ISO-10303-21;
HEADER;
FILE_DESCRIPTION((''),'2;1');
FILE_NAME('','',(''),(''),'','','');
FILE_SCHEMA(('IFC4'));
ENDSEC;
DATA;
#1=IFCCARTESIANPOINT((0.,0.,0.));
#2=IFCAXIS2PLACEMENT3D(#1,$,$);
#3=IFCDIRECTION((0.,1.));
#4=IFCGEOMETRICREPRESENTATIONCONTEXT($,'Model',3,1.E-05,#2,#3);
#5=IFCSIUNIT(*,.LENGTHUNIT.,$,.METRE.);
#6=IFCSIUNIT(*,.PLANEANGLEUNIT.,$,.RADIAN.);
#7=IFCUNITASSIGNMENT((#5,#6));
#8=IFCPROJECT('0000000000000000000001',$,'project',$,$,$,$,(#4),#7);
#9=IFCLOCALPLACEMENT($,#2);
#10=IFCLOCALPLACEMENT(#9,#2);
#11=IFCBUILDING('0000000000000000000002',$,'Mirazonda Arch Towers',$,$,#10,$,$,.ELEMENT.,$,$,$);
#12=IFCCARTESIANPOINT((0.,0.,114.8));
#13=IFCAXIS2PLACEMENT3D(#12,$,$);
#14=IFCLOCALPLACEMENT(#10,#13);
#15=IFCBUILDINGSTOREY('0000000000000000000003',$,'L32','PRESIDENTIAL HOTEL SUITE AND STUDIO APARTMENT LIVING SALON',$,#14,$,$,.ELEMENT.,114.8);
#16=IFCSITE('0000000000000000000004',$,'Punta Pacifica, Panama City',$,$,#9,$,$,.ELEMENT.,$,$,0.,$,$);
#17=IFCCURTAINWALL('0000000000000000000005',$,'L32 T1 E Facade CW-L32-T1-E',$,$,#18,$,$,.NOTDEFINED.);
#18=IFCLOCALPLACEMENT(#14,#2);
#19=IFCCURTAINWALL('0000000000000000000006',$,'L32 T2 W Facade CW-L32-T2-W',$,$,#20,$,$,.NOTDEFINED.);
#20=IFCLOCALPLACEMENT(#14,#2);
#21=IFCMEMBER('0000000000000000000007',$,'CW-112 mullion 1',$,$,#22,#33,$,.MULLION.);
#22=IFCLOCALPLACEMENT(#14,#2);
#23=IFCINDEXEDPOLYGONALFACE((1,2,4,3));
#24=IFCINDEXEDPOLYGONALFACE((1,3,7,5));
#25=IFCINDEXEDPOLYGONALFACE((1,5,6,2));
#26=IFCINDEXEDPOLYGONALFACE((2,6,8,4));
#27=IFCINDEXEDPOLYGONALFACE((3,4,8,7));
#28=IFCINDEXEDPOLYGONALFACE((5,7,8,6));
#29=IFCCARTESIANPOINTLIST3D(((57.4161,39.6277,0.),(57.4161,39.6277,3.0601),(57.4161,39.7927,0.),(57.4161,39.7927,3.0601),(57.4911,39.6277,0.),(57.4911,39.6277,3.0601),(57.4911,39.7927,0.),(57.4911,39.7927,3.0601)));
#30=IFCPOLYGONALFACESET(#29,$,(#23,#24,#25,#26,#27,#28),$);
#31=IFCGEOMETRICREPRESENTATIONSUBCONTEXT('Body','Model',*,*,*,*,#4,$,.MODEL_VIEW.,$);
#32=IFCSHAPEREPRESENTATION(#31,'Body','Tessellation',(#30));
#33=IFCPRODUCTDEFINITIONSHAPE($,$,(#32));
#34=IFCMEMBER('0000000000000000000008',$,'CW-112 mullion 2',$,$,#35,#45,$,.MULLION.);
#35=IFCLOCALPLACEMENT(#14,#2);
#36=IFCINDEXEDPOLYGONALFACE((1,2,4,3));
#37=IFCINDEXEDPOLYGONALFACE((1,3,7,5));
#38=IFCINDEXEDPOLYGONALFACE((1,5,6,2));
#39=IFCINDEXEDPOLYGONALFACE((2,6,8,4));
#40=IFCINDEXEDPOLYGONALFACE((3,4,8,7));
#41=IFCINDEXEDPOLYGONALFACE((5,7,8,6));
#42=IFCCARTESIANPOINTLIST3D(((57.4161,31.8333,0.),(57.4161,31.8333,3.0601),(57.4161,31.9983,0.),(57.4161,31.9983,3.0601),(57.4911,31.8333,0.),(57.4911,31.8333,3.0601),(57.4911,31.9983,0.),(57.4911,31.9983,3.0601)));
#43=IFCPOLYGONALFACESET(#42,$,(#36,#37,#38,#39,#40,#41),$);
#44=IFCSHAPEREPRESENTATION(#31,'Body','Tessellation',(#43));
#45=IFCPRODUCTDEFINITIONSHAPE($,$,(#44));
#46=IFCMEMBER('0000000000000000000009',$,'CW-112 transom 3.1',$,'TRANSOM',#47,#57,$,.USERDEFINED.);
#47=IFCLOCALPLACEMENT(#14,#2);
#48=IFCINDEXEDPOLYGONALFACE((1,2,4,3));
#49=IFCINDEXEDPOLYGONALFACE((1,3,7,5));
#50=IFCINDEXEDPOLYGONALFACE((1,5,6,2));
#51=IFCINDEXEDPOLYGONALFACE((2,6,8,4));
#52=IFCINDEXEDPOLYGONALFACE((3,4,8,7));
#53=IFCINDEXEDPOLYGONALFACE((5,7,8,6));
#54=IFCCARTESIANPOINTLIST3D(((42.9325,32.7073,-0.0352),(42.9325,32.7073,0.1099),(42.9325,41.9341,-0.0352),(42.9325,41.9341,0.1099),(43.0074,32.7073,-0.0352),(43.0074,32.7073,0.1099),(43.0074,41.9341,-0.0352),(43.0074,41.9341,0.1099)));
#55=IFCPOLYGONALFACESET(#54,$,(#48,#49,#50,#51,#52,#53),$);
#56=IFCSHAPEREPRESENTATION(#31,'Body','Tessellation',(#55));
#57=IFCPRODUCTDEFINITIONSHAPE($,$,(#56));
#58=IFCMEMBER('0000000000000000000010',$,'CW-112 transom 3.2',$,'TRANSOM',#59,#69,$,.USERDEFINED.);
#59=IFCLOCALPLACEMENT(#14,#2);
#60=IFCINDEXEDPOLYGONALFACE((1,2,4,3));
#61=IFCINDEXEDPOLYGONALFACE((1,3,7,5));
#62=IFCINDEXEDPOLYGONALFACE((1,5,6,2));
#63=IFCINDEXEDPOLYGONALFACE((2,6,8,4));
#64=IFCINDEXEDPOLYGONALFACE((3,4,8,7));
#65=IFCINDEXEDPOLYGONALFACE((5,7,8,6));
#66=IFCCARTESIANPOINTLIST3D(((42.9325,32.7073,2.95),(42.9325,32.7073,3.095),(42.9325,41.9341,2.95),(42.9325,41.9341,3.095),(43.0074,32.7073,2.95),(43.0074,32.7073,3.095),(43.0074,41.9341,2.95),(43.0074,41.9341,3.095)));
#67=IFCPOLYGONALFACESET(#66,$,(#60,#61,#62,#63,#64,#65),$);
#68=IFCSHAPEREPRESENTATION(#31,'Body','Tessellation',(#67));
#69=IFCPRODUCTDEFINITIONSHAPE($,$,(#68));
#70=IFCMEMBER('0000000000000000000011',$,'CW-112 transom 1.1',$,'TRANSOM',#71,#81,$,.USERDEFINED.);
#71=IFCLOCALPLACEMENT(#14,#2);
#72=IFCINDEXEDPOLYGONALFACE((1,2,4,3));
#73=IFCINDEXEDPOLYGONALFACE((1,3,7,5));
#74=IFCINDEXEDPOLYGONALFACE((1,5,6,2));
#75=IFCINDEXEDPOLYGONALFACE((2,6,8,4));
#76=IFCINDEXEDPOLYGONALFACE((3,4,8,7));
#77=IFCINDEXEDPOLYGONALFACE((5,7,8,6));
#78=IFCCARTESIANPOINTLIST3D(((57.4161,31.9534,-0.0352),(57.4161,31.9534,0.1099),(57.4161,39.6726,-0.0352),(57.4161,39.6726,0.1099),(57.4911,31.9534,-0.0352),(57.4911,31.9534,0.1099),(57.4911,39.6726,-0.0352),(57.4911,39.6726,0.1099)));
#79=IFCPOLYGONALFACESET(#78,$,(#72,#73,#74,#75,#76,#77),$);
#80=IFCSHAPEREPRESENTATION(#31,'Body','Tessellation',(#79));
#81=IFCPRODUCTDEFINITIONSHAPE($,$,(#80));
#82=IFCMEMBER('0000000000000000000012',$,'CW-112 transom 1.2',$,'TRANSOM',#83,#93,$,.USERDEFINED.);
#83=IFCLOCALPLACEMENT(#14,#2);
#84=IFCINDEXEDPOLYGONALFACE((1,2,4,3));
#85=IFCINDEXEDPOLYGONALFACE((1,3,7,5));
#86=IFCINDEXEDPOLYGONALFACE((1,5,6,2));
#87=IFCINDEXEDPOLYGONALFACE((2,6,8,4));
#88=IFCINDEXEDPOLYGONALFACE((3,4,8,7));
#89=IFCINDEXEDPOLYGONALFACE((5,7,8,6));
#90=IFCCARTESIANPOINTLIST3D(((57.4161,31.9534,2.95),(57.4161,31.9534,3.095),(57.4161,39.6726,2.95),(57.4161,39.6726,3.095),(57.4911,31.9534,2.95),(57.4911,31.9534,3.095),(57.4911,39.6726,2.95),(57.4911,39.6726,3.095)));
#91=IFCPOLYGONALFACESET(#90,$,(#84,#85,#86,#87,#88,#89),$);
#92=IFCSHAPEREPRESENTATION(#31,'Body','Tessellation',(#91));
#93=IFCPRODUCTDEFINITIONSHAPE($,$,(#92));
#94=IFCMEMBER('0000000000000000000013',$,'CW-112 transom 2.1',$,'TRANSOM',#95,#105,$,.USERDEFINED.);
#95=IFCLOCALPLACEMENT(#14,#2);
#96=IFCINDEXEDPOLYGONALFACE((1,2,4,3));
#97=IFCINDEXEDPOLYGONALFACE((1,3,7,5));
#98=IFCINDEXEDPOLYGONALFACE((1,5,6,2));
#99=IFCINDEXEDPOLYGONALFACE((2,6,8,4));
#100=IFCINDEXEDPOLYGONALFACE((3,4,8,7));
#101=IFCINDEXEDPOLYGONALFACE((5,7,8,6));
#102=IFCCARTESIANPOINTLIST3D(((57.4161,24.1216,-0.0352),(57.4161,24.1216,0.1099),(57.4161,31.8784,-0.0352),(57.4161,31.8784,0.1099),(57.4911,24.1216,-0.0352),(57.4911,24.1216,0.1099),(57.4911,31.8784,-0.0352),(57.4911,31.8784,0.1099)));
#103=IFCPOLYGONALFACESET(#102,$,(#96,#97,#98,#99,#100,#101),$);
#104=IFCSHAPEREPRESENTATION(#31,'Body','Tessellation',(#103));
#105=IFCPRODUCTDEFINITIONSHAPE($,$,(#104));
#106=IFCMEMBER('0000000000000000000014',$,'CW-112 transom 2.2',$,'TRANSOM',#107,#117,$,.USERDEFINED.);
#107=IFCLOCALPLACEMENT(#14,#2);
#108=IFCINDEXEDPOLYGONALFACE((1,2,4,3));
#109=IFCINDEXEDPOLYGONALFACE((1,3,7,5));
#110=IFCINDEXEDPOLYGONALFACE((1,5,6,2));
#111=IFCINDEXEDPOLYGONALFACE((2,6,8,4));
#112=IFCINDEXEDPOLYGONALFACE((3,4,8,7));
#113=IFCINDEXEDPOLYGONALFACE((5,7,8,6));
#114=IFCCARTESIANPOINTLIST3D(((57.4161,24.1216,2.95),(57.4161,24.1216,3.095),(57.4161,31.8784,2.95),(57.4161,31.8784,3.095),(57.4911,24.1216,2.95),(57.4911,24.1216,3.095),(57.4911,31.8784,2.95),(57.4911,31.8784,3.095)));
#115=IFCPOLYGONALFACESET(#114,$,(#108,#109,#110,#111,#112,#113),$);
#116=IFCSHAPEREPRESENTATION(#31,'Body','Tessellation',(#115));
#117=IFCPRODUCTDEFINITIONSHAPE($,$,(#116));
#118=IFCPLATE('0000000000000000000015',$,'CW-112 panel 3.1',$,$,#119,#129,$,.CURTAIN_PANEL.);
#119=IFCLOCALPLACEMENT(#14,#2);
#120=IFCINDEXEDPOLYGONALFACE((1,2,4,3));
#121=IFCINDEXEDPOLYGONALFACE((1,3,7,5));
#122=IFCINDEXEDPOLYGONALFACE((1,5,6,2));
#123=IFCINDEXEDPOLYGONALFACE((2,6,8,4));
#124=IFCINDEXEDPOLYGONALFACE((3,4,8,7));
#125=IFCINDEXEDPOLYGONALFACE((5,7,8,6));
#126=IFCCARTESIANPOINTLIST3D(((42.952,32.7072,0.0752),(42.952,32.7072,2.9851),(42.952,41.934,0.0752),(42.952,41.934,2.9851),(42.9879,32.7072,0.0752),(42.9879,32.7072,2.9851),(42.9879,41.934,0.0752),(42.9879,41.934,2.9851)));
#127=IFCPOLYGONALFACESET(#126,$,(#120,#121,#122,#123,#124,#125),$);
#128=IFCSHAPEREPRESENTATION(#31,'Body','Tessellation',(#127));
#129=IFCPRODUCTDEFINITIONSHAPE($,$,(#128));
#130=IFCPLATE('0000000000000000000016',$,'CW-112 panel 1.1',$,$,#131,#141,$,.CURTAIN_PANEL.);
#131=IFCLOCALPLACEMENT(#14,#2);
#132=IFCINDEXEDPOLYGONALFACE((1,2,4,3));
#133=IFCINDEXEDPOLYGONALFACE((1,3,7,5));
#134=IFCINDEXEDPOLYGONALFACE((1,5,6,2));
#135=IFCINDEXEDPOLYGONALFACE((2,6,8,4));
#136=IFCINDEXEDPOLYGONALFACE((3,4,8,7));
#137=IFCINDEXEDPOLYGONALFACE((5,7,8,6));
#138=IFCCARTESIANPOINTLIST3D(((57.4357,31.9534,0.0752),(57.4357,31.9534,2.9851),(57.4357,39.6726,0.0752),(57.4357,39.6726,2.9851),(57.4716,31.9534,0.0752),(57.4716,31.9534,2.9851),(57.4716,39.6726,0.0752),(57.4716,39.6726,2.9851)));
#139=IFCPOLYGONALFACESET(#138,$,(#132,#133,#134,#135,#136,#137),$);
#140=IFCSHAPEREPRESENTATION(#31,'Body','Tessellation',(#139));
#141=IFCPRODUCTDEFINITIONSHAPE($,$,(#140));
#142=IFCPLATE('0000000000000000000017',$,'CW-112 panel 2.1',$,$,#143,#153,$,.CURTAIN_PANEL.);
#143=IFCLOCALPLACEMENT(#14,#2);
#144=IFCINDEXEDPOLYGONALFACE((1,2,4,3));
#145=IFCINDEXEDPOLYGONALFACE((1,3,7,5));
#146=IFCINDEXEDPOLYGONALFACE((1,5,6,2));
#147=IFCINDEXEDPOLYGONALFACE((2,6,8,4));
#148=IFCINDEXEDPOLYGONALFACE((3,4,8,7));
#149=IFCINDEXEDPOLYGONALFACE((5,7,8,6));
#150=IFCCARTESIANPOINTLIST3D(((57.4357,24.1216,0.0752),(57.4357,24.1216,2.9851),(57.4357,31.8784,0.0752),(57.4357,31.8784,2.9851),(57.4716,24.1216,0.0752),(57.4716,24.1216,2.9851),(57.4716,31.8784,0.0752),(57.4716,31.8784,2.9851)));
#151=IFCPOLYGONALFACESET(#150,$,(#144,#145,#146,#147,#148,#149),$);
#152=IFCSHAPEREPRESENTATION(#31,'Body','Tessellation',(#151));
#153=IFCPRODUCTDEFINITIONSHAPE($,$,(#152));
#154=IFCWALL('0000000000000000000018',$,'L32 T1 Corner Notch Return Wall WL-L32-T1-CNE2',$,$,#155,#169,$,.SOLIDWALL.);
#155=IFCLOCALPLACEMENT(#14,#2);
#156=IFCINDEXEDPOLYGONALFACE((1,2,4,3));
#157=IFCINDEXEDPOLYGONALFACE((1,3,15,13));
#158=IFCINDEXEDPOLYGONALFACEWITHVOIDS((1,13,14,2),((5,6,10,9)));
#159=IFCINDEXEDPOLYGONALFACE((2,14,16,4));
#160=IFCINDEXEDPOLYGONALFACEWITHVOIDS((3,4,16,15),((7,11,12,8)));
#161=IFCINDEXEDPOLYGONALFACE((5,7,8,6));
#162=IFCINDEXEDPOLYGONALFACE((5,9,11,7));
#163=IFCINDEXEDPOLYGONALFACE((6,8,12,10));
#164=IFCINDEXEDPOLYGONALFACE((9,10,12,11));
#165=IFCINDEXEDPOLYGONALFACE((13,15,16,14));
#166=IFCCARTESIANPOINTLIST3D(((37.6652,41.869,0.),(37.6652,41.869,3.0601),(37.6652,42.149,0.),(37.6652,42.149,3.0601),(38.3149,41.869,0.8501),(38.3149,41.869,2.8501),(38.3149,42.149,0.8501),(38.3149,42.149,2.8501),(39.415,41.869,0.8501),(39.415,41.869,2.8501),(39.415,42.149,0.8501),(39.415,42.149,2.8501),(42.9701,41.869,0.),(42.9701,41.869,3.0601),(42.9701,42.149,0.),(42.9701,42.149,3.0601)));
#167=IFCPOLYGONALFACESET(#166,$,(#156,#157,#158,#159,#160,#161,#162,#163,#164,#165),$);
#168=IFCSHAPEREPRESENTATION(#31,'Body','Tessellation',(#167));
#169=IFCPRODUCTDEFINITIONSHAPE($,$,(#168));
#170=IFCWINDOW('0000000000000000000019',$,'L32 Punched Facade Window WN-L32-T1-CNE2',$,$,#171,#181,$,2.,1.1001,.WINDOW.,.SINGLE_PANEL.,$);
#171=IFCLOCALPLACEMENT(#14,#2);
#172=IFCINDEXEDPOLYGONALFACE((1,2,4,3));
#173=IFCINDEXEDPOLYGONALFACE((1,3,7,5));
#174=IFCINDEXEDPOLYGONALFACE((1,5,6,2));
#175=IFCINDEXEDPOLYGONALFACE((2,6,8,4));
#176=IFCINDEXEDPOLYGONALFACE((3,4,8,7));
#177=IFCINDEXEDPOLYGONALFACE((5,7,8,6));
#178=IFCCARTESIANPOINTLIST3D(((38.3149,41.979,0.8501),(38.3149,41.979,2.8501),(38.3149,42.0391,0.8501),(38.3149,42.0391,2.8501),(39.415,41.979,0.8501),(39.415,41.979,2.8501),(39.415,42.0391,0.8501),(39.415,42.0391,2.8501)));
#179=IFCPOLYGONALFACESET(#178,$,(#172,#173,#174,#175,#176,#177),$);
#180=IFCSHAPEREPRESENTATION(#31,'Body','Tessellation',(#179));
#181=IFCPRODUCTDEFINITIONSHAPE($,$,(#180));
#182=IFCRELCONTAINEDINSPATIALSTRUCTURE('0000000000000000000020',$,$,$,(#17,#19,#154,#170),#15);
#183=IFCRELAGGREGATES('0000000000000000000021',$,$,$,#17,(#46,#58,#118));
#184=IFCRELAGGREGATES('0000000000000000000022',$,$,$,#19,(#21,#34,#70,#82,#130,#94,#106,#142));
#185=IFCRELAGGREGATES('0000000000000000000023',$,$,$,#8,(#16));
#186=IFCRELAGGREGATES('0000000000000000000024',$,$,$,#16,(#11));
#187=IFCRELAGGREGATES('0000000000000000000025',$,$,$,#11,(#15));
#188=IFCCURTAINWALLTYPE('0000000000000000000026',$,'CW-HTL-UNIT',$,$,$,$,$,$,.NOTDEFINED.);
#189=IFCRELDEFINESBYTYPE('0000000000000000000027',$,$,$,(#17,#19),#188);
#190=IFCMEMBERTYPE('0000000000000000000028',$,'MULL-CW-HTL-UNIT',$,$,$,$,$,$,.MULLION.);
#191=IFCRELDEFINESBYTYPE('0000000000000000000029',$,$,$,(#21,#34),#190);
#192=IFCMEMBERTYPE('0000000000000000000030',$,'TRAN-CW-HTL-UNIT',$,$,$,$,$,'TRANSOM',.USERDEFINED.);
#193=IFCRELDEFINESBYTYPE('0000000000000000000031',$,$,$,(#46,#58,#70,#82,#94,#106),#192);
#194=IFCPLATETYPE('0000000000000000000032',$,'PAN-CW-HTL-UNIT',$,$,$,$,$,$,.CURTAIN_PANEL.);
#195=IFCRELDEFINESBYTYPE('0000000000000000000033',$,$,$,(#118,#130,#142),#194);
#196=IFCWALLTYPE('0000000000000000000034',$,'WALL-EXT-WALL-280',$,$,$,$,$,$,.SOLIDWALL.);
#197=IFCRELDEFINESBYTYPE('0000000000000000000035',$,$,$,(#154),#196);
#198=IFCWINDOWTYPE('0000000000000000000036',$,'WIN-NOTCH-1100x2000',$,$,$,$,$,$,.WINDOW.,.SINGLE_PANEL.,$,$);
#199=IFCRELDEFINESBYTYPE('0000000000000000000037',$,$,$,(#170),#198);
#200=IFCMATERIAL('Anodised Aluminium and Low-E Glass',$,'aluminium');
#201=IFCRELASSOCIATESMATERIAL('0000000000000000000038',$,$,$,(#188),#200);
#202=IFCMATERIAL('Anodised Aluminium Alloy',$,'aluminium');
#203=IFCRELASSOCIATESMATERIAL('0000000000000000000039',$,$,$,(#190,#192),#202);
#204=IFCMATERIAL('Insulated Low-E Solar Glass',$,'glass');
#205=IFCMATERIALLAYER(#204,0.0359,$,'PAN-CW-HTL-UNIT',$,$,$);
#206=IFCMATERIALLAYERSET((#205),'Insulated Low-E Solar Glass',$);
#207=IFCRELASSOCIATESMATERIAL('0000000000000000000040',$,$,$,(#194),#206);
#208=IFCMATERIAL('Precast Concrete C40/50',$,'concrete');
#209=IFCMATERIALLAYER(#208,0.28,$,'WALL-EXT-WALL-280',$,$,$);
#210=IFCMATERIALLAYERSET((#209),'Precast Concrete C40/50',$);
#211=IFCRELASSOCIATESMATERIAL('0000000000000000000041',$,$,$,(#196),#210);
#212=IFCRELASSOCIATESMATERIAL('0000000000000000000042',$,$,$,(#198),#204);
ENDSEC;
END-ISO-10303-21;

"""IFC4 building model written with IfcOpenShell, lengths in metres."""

from ifc_helpers import new_model, si_unit, direction, frame, frame_2d, origin, origin_2d, place, context, subcontext, project, spatial, rectangle, extrude, material, layer, layer_set, material_profile, profile_set, type_object, element, fill, aggregate, save


model = new_model("IFC4")

# Units and contexts
model_context = context("Model", 3, precision=1e-05, world=origin(), true_north=direction((0.0, 1.0)))
body_context = subcontext(model_context, "Body", "Model", "MODEL_VIEW")
ifc_project = project(units=[si_unit("LENGTHUNIT", "METRE"), si_unit("PLANEANGLEUNIT", "RADIAN")], contexts=[model_context])

# Site, building, storey
site_placement = place(None, origin())
site = spatial("IfcSite", under=ifc_project, at=site_placement, Name="Punta Pacifica, Panama City", CompositionType="ELEMENT", RefElevation=0.0)
building_placement = place(site_placement, origin())
building = spatial("IfcBuilding", under=site, at=building_placement, Name="Mirazonda Arch Towers", CompositionType="ELEMENT")
storey_placement = place(building_placement, frame((0.0, 0.0, 114.8)))
storey = spatial("IfcBuildingStorey", under=building, at=storey_placement, Name="L32", Description="PRESIDENTIAL HOTEL SUITE AND STUDIO APARTMENT LIVING SALON", CompositionType="ELEMENT", Elevation=114.8)

# Curtain wall
ifc_material_1 = material(Name="Anodised Aluminium and Low-E Glass", Category="aluminium")
curtain_wall_type = type_object("IfcCurtainWallType", Name="CW-HTL-UNIT", PredefinedType="NOTDEFINED", material=ifc_material_1)
curtain_wall_1_placement = place(storey_placement, origin())
curtain_wall_1 = element("IfcCurtainWall", 1, at=curtain_wall_1_placement, inside=storey, type_object=curtain_wall_type, Name="L32 T1 E Facade CW-L32-T1-E", PredefinedType="NOTDEFINED")
ifc_material_2 = material(Name="Anodised Aluminium Alloy", Category="aluminium")
ifc_material_profile_1 = material_profile(ifc_material_2, rectangle(XDim=0.075, YDim=0.165, at=origin_2d()), Name="ALU-MULL-75x165")
ifc_profile_set_1 = profile_set([ifc_material_profile_1], Name="Anodised Aluminium Alloy")
member_type_1 = type_object("IfcMemberType", Name="MULL-CW-HTL-UNIT", PredefinedType="MULLION", material=ifc_profile_set_1)

# Curtain wall, members
curtain_wall_2_placement = place(storey_placement, origin())
curtain_wall_2 = element("IfcCurtainWall", 2, at=curtain_wall_2_placement, inside=storey, type_object=curtain_wall_type, Name="L32 T2 W Facade CW-L32-T2-W", PredefinedType="NOTDEFINED")
member_1_placement = place(storey_placement, frame((57.4536, 39.7102, 0.0), z_axis=(0.0, 0.0, 1.0), x_axis=(1.0, 0.0, 0.0)))
member_1 = element("IfcMember", 3, at=member_1_placement, type_object=member_type_1, Name="CW-112 mullion 1", PredefinedType="MULLION", context=body_context, shape_type="SweptSolid", body=[
    extrude(rectangle(XDim=0.075, YDim=0.165, at=origin_2d()), origin(), (0.0, 0.0, 1.0), 3.0601),
])
member_2_placement = place(storey_placement, frame((57.4536, 31.9158, 0.0), z_axis=(0.0, 0.0, 1.0), x_axis=(1.0, 0.0, 0.0)))
member_2 = element("IfcMember", 4, at=member_2_placement, type_object=member_type_1, Name="CW-112 mullion 2", PredefinedType="MULLION", context=body_context, shape_type="SweptSolid", body=[
    extrude(rectangle(XDim=0.075, YDim=0.165, at=origin_2d()), origin(), (0.0, 0.0, 1.0), 3.0601),
])

# Members
ifc_material_profile_2 = material_profile(ifc_material_2, rectangle(XDim=0.075, YDim=0.145, at=origin_2d()), Name="ALU-TRAN-75x145")
ifc_profile_set_2 = profile_set([ifc_material_profile_2], Name="Anodised Aluminium Alloy")
member_type_2 = type_object("IfcMemberType", Name="TRAN-CW-HTL-UNIT", ElementType="TRANSOM", PredefinedType="USERDEFINED", material=ifc_profile_set_2)
member_3_placement = place(storey_placement, frame((42.97, 32.7073, 0.0374), z_axis=(0.0, 1.0, 0.0), x_axis=(-1.0, 0.0, 0.0)))
member_3 = element("IfcMember", 5, at=member_3_placement, type_object=member_type_2, Name="CW-112 transom 3.1", ObjectType="TRANSOM", PredefinedType="USERDEFINED", context=body_context, shape_type="SweptSolid", body=[
    extrude(rectangle(XDim=0.075, YDim=0.145, at=origin_2d()), origin(), (0.0, 0.0, 1.0), 9.2268),
])
member_4_placement = place(storey_placement, frame((42.97, 32.7073, 3.0225), z_axis=(0.0, 1.0, 0.0), x_axis=(-1.0, 0.0, 0.0)))
member_4 = element("IfcMember", 6, at=member_4_placement, type_object=member_type_2, Name="CW-112 transom 3.2", ObjectType="TRANSOM", PredefinedType="USERDEFINED", context=body_context, shape_type="SweptSolid", body=[
    extrude(rectangle(XDim=0.075, YDim=0.145, at=origin_2d()), origin(), (0.0, 0.0, 1.0), 9.2268),
])
member_5_placement = place(storey_placement, frame((57.4536, 39.6726, 0.0374), z_axis=(0.0, -1.0, 0.0), x_axis=(1.0, 0.0, 0.0)))
member_5 = element("IfcMember", 7, at=member_5_placement, type_object=member_type_2, Name="CW-112 transom 1.1", ObjectType="TRANSOM", PredefinedType="USERDEFINED", context=body_context, shape_type="SweptSolid", body=[
    extrude(rectangle(XDim=0.075, YDim=0.145, at=origin_2d()), origin(), (0.0, 0.0, 1.0), 7.7192),
])
member_6_placement = place(storey_placement, frame((57.4536, 39.6726, 3.0225), z_axis=(0.0, -1.0, 0.0), x_axis=(1.0, 0.0, 0.0)))
member_6 = element("IfcMember", 8, at=member_6_placement, type_object=member_type_2, Name="CW-112 transom 1.2", ObjectType="TRANSOM", PredefinedType="USERDEFINED", context=body_context, shape_type="SweptSolid", body=[
    extrude(rectangle(XDim=0.075, YDim=0.145, at=origin_2d()), origin(), (0.0, 0.0, 1.0), 7.7192),
])
member_7_placement = place(storey_placement, frame((57.4536, 31.8784, 0.0374), z_axis=(0.0, -1.0, 0.0), x_axis=(1.0, 0.0, 0.0)))
member_7 = element("IfcMember", 9, at=member_7_placement, type_object=member_type_2, Name="CW-112 transom 2.1", ObjectType="TRANSOM", PredefinedType="USERDEFINED", context=body_context, shape_type="SweptSolid", body=[
    extrude(rectangle(XDim=0.075, YDim=0.145, at=origin_2d()), origin(), (0.0, 0.0, 1.0), 7.7568),
])
member_8_placement = place(storey_placement, frame((57.4536, 31.8784, 3.0225), z_axis=(0.0, -1.0, 0.0), x_axis=(1.0, 0.0, 0.0)))
member_8 = element("IfcMember", 10, at=member_8_placement, type_object=member_type_2, Name="CW-112 transom 2.2", ObjectType="TRANSOM", PredefinedType="USERDEFINED", context=body_context, shape_type="SweptSolid", body=[
    extrude(rectangle(XDim=0.075, YDim=0.145, at=origin_2d()), origin(), (0.0, 0.0, 1.0), 7.7568),
])

# Plates
ifc_material_3 = material(Name="Insulated Low-E Solar Glass", Category="glass")
ifc_layer_1 = layer(ifc_material_3, 0.0359, Name="PAN-CW-HTL-UNIT")
ifc_layer_set_1 = layer_set([ifc_layer_1], Name="Insulated Low-E Solar Glass")
plate_type = type_object("IfcPlateType", Name="PAN-CW-HTL-UNIT", PredefinedType="CURTAIN_PANEL", material=ifc_layer_set_1)
plate_1_placement = place(storey_placement, frame((42.97, 37.3206, 0.0752), z_axis=(0.0, 0.0, 1.0), x_axis=(0.0, 1.0, 0.0)))
plate_1 = element("IfcPlate", 11, at=plate_1_placement, type_object=plate_type, Name="CW-112 panel 3.1", PredefinedType="CURTAIN_PANEL", context=body_context, shape_type="SweptSolid", body=[
    extrude(rectangle(XDim=9.2268, YDim=0.0359, at=origin_2d()), origin(), (0.0, 0.0, 1.0), 2.9099),
])
aggregate(curtain_wall_1, [member_3, member_4, plate_1])
plate_2_placement = place(storey_placement, frame((57.4536, 35.813, 0.0752), z_axis=(0.0, 0.0, 1.0), x_axis=(0.0, -1.0, 0.0)))
plate_2 = element("IfcPlate", 12, at=plate_2_placement, type_object=plate_type, Name="CW-112 panel 1.1", PredefinedType="CURTAIN_PANEL", context=body_context, shape_type="SweptSolid", body=[
    extrude(rectangle(XDim=7.7192, YDim=0.0359, at=origin_2d()), origin(), (0.0, 0.0, 1.0), 2.9099),
])
plate_3_placement = place(storey_placement, frame((57.4536, 28.0, 0.0752), z_axis=(0.0, 0.0, 1.0), x_axis=(0.0, -1.0, 0.0)))
plate_3 = element("IfcPlate", 13, at=plate_3_placement, type_object=plate_type, Name="CW-112 panel 2.1", PredefinedType="CURTAIN_PANEL", context=body_context, shape_type="SweptSolid", body=[
    extrude(rectangle(XDim=7.7568, YDim=0.0359, at=origin_2d()), origin(), (0.0, 0.0, 1.0), 2.9099),
])
aggregate(curtain_wall_2, [member_1, member_2, member_5, member_6, plate_2, member_7, member_8, plate_3])

# Wall, opening, window
ifc_material_4 = material(Name="Precast Concrete C40/50", Category="concrete")
ifc_layer_2 = layer(ifc_material_4, 0.28, Name="WALL-EXT-WALL-280")
ifc_layer_set_2 = layer_set([ifc_layer_2], Name="Precast Concrete C40/50")
wall_type_1 = type_object("IfcWallType", Name="WALL-EXT-WALL-280", PredefinedType="SOLIDWALL", material=ifc_layer_set_2)
wall_1_placement = place(storey_placement, frame((42.97, 42.009, 0.0), z_axis=(0.0, 0.0, 1.0), x_axis=(-1.0, 0.0, 0.0)))
wall_1 = element("IfcWall", 14, at=wall_1_placement, inside=storey, type_object=wall_type_1, Name="L32 T1 Corner Notch Return Wall WL-L32-T1-CNE2", PredefinedType="SOLIDWALL", context=body_context, shape_type="SweptSolid", body=[
    extrude(rectangle(XDim=5.3049, YDim=0.28, at=frame_2d((2.6523, 0.0))), origin(), (0.0, 0.0, 1.0), 3.0601),
])
opening_1_placement = place(wall_1_placement, frame((3.5549, 0.0, 0.8501)))
opening_1 = element("IfcOpeningElement", 15, at=opening_1_placement, cuts=wall_1, PredefinedType="OPENING", context=body_context, shape_type="SweptSolid", body=[
    extrude(rectangle(XDim=1.1001, YDim=2.0, at=frame_2d((0.55, 1.0))), frame((0.0, 0.1499, 0.0), z_axis=(0.0, -1.0, 0.0), x_axis=(1.0, 0.0, 0.0)), (0.0, 0.0, 1.0), 0.3),
])
window_type = type_object("IfcWindowType", Name="WIN-NOTCH-1100x2000", PartitioningType="SINGLE_PANEL", PredefinedType="WINDOW", material=ifc_material_3)
window_1_placement = place(opening_1_placement, origin())
window_1 = element("IfcWindow", 16, at=window_1_placement, inside=storey, type_object=window_type, Name="L32 Punched Facade Window WN-L32-T1-CNE2", OverallHeight=2.0, OverallWidth=1.1001, PartitioningType="SINGLE_PANEL", PredefinedType="WINDOW", context=body_context, shape_type="SweptSolid", body=[
    extrude(rectangle(XDim=1.1001, YDim=2.0, at=frame_2d((0.55, 1.0))), frame((0.0, 0.03, 0.0), z_axis=(0.0, -1.0, 0.0), x_axis=(1.0, 0.0, 0.0)), (0.0, 0.0, 1.0), 0.0601),
])
fill(opening_1, window_1)

save(model, "model.ifc")
